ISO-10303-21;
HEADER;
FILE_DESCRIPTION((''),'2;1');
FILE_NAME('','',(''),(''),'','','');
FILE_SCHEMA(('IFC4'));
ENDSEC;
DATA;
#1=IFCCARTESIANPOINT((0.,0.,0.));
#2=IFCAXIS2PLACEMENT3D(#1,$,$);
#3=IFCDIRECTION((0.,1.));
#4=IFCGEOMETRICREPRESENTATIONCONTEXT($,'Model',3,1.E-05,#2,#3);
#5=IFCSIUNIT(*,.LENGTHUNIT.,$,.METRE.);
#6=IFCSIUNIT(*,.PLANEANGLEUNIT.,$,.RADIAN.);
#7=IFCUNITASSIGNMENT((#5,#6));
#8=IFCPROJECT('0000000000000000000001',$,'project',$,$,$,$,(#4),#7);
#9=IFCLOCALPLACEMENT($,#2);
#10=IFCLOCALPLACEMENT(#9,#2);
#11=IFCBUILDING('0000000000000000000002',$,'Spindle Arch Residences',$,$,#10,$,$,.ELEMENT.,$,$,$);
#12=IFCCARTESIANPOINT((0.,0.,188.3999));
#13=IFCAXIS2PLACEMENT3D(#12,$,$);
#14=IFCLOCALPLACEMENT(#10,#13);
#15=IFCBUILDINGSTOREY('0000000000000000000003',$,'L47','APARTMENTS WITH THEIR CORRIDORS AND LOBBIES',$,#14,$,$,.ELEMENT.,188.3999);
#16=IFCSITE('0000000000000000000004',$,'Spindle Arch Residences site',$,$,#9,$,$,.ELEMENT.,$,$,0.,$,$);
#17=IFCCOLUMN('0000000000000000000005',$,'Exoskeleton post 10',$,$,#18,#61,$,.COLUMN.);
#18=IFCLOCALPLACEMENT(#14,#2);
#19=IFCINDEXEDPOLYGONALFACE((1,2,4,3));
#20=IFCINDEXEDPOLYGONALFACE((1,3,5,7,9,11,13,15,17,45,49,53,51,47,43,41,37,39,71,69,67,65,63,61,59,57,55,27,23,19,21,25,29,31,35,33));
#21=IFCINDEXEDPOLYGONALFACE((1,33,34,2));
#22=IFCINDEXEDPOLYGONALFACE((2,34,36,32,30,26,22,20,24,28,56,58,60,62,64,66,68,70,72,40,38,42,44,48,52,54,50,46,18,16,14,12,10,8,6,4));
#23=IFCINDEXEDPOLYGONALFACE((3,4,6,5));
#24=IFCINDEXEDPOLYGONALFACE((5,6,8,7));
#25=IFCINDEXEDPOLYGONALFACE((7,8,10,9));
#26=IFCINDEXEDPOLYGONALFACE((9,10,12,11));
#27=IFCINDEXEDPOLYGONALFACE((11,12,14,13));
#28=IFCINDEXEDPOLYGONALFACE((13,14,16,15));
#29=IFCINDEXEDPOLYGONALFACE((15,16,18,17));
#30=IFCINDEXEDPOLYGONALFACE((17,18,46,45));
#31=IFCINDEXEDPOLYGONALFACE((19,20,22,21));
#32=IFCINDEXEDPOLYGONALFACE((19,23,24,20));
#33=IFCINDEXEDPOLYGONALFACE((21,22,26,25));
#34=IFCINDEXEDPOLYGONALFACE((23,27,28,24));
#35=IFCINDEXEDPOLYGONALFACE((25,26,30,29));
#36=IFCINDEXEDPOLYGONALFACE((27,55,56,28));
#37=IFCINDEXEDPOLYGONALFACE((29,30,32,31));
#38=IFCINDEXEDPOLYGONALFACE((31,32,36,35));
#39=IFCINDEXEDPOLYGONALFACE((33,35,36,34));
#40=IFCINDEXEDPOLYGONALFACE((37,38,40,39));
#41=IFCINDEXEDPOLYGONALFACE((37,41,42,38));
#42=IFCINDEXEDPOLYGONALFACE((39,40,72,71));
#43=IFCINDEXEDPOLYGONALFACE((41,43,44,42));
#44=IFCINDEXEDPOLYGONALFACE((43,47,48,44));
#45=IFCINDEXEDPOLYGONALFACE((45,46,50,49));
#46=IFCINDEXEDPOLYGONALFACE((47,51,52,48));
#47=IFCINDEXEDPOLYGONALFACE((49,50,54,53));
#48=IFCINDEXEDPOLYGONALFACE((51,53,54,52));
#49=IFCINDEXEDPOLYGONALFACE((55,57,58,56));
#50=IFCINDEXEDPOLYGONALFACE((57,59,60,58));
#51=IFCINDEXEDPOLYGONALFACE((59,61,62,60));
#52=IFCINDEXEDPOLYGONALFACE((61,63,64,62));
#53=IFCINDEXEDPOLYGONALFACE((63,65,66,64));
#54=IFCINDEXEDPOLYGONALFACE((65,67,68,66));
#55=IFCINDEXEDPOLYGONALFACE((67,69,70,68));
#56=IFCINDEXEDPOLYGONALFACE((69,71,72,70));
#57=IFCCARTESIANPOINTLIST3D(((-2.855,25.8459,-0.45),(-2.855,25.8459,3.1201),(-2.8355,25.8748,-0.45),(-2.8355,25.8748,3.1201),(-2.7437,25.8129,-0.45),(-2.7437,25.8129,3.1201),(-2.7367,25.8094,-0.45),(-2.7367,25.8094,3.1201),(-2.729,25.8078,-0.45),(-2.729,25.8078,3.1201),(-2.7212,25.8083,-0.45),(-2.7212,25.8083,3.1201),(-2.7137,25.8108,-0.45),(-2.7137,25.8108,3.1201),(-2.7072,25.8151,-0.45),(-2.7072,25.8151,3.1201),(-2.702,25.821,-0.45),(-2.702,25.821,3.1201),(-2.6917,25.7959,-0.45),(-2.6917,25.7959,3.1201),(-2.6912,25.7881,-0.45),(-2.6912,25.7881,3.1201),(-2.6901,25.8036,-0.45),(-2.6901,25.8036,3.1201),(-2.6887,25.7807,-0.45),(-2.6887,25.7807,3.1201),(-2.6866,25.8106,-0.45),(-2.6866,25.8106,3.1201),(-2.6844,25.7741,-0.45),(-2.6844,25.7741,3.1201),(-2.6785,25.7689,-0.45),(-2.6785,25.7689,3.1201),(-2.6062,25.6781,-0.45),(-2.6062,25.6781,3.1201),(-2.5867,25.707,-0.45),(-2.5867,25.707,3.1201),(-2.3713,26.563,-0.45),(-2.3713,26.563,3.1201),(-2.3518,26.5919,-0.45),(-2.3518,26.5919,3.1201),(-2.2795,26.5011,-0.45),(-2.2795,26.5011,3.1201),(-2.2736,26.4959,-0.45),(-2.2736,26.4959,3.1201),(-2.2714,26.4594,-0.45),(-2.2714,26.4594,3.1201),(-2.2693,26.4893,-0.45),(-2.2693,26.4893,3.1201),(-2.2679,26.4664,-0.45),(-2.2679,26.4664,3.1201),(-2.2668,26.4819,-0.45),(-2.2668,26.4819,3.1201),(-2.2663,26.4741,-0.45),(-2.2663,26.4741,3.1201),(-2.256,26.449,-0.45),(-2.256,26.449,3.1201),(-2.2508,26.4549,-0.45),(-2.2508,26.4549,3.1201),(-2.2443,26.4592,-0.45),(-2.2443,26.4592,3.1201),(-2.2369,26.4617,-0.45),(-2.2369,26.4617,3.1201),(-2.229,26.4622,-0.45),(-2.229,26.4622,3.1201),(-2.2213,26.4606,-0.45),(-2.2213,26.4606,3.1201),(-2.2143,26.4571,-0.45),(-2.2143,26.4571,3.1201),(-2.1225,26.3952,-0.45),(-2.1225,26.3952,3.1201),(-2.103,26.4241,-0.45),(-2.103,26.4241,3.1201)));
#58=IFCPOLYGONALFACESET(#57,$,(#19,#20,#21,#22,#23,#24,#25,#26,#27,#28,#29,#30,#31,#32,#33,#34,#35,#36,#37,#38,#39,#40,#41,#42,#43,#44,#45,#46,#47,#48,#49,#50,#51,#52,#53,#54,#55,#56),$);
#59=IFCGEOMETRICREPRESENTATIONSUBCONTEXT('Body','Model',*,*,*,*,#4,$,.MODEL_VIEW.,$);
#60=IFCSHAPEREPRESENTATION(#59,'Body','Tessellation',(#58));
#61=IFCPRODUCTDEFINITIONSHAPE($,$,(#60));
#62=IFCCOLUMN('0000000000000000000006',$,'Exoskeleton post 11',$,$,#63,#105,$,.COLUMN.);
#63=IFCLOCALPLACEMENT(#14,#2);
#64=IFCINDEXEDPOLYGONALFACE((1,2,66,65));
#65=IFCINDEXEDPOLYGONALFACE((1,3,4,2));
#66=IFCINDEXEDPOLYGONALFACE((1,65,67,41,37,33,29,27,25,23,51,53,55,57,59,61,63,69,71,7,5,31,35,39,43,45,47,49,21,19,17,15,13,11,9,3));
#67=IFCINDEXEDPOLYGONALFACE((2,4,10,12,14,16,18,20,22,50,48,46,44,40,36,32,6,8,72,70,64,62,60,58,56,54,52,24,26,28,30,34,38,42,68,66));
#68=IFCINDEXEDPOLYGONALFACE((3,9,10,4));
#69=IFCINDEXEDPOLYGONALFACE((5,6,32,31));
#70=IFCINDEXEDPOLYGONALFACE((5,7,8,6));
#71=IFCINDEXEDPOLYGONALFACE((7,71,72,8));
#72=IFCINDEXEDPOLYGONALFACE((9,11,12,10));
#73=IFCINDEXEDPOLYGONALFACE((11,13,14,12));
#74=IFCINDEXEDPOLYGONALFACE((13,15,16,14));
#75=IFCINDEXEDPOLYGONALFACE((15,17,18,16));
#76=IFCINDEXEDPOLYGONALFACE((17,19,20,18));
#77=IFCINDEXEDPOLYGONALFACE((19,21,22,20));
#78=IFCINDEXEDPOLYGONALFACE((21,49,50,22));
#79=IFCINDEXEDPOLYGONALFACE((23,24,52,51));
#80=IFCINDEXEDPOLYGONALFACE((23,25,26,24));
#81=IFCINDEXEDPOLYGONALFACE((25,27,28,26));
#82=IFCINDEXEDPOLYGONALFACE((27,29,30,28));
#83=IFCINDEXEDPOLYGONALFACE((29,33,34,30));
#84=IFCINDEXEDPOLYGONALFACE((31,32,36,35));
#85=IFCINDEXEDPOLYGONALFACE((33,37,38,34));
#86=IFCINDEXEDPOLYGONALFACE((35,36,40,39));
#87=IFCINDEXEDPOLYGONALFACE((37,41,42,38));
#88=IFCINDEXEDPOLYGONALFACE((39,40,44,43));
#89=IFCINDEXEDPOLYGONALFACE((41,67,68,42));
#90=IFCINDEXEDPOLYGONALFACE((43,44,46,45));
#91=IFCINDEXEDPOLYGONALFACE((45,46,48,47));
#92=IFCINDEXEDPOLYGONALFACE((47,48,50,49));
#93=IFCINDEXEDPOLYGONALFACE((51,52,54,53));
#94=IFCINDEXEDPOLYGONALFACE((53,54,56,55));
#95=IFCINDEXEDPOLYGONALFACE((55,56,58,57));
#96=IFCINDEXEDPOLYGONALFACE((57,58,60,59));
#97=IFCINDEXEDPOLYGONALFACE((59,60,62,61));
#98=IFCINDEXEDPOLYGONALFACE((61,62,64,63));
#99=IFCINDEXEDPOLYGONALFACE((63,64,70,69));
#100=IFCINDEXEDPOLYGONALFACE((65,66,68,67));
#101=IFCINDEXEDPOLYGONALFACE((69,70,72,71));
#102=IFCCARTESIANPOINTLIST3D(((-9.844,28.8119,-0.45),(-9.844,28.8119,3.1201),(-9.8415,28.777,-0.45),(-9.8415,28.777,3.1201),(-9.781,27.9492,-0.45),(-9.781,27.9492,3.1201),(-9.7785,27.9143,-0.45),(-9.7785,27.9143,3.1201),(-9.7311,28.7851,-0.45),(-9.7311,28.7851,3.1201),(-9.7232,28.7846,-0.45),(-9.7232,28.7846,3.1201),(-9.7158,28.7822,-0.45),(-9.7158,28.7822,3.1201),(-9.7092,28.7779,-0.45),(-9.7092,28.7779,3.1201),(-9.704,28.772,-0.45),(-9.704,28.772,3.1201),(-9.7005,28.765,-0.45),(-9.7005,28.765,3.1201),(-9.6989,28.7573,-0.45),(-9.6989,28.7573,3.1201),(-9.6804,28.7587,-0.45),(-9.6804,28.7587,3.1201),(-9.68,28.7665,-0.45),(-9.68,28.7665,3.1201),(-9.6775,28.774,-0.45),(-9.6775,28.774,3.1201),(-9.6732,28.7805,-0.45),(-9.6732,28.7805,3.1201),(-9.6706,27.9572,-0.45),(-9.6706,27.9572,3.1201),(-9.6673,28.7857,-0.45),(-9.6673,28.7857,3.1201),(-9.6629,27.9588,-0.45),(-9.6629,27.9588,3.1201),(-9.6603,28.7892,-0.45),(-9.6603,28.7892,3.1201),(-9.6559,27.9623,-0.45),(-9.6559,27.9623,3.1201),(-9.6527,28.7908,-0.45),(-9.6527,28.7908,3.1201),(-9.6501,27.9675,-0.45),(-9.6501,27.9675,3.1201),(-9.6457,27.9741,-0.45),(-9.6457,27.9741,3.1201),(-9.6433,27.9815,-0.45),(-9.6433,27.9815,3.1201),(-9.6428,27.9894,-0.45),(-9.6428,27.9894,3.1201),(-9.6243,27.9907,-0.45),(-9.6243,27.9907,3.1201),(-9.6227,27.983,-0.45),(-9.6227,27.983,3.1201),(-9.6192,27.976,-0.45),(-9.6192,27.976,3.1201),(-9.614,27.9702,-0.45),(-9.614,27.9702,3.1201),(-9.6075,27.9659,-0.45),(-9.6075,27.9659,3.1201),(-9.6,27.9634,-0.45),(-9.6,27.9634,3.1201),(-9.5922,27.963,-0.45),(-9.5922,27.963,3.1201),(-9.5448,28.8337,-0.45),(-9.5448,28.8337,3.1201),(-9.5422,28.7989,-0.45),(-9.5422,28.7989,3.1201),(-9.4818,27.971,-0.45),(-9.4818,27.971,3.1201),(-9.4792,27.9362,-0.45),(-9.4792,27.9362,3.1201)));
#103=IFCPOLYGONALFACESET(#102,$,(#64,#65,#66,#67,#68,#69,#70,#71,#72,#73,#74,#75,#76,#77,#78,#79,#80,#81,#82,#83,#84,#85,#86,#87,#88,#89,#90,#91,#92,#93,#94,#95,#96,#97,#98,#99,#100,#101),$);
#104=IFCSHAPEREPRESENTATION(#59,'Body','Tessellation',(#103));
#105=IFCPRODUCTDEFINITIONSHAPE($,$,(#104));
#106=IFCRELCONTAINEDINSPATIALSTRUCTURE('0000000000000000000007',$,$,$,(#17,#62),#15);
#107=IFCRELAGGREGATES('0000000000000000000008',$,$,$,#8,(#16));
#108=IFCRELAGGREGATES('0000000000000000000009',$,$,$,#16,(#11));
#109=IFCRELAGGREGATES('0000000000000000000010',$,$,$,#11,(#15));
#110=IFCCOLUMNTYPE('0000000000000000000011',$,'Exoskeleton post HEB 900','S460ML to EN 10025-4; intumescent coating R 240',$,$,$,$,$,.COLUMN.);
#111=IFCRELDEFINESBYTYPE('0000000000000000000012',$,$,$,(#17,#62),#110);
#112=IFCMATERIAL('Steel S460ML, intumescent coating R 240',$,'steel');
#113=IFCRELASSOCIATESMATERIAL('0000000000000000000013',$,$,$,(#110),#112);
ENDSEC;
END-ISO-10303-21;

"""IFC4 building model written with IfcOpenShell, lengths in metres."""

from ifc_helpers import new_model, si_unit, direction, frame, origin, origin_2d, place, context, subcontext, project, spatial, i_section, extrude, material, material_profile, profile_set, type_object, element, save


model = new_model("IFC4")

# Units and contexts
model_context = context("Model", 3, precision=1e-05, world=origin(), true_north=direction((0.0, 1.0)))
body_context = subcontext(model_context, "Body", "Model", "MODEL_VIEW")
ifc_project = project(units=[si_unit("LENGTHUNIT", "METRE"), si_unit("PLANEANGLEUNIT", "RADIAN")], contexts=[model_context])

# Site, building, storey
site_placement = place(None, origin())
site = spatial("IfcSite", under=ifc_project, at=site_placement, Name="Spindle Arch Residences site", CompositionType="ELEMENT", RefElevation=0.0)
building_placement = place(site_placement, origin())
building = spatial("IfcBuilding", under=site, at=building_placement, Name="Spindle Arch Residences", CompositionType="ELEMENT")
storey_placement = place(building_placement, frame((0.0, 0.0, 188.3999)))
storey = spatial("IfcBuildingStorey", under=building, at=storey_placement, Name="L47", Description="APARTMENTS WITH THEIR CORRIDORS AND LOBBIES", CompositionType="ELEMENT", Elevation=188.3999)

# Columns
ifc_material_1 = material(Name="Steel S460ML, intumescent coating R 240", Category="steel")
ifc_material_profile_1 = material_profile(ifc_material_1, i_section(OverallWidth=0.3, OverallDepth=0.8999, WebThickness=0.0186, FlangeThickness=0.0349, FilletRadius=0.03, at=origin_2d()), Name="HEB 900")
ifc_profile_set_1 = profile_set([ifc_material_profile_1], Name="Steel S460ML, intumescent coating R 240")
column_type_1 = type_object("IfcColumnType", Name="Exoskeleton post HEB 900", Description="S460ML to EN 10025-4; intumescent coating R 240", PredefinedType="COLUMN", material=ifc_profile_set_1)
for number, where, z_axis, x_axis, name in (
    (1, (-2.479, 26.135, -0.45), (0.0, 0.0, 1.0), (0.829038, -0.559193, 0.0), "Exoskeleton post 10"),
    (2, (-9.6616, 28.374, -0.45), (0.0, 0.0, 1.0), (0.997343, 0.072844, 0.0), "Exoskeleton post 11"),
):
    element("IfcColumn", number, at=place(storey_placement, frame(where, z_axis=z_axis, x_axis=x_axis)), inside=storey, type_object=column_type_1, Name=name, PredefinedType="COLUMN", context=body_context, shape_type="SweptSolid", body=[
        extrude(i_section(OverallWidth=0.3, OverallDepth=0.8999, WebThickness=0.0186, FlangeThickness=0.0349, FilletRadius=0.03, at=origin_2d()), origin(), (0.0, 0.0, 1.0), 3.5701),
    ])

save(model, "model.ifc")
